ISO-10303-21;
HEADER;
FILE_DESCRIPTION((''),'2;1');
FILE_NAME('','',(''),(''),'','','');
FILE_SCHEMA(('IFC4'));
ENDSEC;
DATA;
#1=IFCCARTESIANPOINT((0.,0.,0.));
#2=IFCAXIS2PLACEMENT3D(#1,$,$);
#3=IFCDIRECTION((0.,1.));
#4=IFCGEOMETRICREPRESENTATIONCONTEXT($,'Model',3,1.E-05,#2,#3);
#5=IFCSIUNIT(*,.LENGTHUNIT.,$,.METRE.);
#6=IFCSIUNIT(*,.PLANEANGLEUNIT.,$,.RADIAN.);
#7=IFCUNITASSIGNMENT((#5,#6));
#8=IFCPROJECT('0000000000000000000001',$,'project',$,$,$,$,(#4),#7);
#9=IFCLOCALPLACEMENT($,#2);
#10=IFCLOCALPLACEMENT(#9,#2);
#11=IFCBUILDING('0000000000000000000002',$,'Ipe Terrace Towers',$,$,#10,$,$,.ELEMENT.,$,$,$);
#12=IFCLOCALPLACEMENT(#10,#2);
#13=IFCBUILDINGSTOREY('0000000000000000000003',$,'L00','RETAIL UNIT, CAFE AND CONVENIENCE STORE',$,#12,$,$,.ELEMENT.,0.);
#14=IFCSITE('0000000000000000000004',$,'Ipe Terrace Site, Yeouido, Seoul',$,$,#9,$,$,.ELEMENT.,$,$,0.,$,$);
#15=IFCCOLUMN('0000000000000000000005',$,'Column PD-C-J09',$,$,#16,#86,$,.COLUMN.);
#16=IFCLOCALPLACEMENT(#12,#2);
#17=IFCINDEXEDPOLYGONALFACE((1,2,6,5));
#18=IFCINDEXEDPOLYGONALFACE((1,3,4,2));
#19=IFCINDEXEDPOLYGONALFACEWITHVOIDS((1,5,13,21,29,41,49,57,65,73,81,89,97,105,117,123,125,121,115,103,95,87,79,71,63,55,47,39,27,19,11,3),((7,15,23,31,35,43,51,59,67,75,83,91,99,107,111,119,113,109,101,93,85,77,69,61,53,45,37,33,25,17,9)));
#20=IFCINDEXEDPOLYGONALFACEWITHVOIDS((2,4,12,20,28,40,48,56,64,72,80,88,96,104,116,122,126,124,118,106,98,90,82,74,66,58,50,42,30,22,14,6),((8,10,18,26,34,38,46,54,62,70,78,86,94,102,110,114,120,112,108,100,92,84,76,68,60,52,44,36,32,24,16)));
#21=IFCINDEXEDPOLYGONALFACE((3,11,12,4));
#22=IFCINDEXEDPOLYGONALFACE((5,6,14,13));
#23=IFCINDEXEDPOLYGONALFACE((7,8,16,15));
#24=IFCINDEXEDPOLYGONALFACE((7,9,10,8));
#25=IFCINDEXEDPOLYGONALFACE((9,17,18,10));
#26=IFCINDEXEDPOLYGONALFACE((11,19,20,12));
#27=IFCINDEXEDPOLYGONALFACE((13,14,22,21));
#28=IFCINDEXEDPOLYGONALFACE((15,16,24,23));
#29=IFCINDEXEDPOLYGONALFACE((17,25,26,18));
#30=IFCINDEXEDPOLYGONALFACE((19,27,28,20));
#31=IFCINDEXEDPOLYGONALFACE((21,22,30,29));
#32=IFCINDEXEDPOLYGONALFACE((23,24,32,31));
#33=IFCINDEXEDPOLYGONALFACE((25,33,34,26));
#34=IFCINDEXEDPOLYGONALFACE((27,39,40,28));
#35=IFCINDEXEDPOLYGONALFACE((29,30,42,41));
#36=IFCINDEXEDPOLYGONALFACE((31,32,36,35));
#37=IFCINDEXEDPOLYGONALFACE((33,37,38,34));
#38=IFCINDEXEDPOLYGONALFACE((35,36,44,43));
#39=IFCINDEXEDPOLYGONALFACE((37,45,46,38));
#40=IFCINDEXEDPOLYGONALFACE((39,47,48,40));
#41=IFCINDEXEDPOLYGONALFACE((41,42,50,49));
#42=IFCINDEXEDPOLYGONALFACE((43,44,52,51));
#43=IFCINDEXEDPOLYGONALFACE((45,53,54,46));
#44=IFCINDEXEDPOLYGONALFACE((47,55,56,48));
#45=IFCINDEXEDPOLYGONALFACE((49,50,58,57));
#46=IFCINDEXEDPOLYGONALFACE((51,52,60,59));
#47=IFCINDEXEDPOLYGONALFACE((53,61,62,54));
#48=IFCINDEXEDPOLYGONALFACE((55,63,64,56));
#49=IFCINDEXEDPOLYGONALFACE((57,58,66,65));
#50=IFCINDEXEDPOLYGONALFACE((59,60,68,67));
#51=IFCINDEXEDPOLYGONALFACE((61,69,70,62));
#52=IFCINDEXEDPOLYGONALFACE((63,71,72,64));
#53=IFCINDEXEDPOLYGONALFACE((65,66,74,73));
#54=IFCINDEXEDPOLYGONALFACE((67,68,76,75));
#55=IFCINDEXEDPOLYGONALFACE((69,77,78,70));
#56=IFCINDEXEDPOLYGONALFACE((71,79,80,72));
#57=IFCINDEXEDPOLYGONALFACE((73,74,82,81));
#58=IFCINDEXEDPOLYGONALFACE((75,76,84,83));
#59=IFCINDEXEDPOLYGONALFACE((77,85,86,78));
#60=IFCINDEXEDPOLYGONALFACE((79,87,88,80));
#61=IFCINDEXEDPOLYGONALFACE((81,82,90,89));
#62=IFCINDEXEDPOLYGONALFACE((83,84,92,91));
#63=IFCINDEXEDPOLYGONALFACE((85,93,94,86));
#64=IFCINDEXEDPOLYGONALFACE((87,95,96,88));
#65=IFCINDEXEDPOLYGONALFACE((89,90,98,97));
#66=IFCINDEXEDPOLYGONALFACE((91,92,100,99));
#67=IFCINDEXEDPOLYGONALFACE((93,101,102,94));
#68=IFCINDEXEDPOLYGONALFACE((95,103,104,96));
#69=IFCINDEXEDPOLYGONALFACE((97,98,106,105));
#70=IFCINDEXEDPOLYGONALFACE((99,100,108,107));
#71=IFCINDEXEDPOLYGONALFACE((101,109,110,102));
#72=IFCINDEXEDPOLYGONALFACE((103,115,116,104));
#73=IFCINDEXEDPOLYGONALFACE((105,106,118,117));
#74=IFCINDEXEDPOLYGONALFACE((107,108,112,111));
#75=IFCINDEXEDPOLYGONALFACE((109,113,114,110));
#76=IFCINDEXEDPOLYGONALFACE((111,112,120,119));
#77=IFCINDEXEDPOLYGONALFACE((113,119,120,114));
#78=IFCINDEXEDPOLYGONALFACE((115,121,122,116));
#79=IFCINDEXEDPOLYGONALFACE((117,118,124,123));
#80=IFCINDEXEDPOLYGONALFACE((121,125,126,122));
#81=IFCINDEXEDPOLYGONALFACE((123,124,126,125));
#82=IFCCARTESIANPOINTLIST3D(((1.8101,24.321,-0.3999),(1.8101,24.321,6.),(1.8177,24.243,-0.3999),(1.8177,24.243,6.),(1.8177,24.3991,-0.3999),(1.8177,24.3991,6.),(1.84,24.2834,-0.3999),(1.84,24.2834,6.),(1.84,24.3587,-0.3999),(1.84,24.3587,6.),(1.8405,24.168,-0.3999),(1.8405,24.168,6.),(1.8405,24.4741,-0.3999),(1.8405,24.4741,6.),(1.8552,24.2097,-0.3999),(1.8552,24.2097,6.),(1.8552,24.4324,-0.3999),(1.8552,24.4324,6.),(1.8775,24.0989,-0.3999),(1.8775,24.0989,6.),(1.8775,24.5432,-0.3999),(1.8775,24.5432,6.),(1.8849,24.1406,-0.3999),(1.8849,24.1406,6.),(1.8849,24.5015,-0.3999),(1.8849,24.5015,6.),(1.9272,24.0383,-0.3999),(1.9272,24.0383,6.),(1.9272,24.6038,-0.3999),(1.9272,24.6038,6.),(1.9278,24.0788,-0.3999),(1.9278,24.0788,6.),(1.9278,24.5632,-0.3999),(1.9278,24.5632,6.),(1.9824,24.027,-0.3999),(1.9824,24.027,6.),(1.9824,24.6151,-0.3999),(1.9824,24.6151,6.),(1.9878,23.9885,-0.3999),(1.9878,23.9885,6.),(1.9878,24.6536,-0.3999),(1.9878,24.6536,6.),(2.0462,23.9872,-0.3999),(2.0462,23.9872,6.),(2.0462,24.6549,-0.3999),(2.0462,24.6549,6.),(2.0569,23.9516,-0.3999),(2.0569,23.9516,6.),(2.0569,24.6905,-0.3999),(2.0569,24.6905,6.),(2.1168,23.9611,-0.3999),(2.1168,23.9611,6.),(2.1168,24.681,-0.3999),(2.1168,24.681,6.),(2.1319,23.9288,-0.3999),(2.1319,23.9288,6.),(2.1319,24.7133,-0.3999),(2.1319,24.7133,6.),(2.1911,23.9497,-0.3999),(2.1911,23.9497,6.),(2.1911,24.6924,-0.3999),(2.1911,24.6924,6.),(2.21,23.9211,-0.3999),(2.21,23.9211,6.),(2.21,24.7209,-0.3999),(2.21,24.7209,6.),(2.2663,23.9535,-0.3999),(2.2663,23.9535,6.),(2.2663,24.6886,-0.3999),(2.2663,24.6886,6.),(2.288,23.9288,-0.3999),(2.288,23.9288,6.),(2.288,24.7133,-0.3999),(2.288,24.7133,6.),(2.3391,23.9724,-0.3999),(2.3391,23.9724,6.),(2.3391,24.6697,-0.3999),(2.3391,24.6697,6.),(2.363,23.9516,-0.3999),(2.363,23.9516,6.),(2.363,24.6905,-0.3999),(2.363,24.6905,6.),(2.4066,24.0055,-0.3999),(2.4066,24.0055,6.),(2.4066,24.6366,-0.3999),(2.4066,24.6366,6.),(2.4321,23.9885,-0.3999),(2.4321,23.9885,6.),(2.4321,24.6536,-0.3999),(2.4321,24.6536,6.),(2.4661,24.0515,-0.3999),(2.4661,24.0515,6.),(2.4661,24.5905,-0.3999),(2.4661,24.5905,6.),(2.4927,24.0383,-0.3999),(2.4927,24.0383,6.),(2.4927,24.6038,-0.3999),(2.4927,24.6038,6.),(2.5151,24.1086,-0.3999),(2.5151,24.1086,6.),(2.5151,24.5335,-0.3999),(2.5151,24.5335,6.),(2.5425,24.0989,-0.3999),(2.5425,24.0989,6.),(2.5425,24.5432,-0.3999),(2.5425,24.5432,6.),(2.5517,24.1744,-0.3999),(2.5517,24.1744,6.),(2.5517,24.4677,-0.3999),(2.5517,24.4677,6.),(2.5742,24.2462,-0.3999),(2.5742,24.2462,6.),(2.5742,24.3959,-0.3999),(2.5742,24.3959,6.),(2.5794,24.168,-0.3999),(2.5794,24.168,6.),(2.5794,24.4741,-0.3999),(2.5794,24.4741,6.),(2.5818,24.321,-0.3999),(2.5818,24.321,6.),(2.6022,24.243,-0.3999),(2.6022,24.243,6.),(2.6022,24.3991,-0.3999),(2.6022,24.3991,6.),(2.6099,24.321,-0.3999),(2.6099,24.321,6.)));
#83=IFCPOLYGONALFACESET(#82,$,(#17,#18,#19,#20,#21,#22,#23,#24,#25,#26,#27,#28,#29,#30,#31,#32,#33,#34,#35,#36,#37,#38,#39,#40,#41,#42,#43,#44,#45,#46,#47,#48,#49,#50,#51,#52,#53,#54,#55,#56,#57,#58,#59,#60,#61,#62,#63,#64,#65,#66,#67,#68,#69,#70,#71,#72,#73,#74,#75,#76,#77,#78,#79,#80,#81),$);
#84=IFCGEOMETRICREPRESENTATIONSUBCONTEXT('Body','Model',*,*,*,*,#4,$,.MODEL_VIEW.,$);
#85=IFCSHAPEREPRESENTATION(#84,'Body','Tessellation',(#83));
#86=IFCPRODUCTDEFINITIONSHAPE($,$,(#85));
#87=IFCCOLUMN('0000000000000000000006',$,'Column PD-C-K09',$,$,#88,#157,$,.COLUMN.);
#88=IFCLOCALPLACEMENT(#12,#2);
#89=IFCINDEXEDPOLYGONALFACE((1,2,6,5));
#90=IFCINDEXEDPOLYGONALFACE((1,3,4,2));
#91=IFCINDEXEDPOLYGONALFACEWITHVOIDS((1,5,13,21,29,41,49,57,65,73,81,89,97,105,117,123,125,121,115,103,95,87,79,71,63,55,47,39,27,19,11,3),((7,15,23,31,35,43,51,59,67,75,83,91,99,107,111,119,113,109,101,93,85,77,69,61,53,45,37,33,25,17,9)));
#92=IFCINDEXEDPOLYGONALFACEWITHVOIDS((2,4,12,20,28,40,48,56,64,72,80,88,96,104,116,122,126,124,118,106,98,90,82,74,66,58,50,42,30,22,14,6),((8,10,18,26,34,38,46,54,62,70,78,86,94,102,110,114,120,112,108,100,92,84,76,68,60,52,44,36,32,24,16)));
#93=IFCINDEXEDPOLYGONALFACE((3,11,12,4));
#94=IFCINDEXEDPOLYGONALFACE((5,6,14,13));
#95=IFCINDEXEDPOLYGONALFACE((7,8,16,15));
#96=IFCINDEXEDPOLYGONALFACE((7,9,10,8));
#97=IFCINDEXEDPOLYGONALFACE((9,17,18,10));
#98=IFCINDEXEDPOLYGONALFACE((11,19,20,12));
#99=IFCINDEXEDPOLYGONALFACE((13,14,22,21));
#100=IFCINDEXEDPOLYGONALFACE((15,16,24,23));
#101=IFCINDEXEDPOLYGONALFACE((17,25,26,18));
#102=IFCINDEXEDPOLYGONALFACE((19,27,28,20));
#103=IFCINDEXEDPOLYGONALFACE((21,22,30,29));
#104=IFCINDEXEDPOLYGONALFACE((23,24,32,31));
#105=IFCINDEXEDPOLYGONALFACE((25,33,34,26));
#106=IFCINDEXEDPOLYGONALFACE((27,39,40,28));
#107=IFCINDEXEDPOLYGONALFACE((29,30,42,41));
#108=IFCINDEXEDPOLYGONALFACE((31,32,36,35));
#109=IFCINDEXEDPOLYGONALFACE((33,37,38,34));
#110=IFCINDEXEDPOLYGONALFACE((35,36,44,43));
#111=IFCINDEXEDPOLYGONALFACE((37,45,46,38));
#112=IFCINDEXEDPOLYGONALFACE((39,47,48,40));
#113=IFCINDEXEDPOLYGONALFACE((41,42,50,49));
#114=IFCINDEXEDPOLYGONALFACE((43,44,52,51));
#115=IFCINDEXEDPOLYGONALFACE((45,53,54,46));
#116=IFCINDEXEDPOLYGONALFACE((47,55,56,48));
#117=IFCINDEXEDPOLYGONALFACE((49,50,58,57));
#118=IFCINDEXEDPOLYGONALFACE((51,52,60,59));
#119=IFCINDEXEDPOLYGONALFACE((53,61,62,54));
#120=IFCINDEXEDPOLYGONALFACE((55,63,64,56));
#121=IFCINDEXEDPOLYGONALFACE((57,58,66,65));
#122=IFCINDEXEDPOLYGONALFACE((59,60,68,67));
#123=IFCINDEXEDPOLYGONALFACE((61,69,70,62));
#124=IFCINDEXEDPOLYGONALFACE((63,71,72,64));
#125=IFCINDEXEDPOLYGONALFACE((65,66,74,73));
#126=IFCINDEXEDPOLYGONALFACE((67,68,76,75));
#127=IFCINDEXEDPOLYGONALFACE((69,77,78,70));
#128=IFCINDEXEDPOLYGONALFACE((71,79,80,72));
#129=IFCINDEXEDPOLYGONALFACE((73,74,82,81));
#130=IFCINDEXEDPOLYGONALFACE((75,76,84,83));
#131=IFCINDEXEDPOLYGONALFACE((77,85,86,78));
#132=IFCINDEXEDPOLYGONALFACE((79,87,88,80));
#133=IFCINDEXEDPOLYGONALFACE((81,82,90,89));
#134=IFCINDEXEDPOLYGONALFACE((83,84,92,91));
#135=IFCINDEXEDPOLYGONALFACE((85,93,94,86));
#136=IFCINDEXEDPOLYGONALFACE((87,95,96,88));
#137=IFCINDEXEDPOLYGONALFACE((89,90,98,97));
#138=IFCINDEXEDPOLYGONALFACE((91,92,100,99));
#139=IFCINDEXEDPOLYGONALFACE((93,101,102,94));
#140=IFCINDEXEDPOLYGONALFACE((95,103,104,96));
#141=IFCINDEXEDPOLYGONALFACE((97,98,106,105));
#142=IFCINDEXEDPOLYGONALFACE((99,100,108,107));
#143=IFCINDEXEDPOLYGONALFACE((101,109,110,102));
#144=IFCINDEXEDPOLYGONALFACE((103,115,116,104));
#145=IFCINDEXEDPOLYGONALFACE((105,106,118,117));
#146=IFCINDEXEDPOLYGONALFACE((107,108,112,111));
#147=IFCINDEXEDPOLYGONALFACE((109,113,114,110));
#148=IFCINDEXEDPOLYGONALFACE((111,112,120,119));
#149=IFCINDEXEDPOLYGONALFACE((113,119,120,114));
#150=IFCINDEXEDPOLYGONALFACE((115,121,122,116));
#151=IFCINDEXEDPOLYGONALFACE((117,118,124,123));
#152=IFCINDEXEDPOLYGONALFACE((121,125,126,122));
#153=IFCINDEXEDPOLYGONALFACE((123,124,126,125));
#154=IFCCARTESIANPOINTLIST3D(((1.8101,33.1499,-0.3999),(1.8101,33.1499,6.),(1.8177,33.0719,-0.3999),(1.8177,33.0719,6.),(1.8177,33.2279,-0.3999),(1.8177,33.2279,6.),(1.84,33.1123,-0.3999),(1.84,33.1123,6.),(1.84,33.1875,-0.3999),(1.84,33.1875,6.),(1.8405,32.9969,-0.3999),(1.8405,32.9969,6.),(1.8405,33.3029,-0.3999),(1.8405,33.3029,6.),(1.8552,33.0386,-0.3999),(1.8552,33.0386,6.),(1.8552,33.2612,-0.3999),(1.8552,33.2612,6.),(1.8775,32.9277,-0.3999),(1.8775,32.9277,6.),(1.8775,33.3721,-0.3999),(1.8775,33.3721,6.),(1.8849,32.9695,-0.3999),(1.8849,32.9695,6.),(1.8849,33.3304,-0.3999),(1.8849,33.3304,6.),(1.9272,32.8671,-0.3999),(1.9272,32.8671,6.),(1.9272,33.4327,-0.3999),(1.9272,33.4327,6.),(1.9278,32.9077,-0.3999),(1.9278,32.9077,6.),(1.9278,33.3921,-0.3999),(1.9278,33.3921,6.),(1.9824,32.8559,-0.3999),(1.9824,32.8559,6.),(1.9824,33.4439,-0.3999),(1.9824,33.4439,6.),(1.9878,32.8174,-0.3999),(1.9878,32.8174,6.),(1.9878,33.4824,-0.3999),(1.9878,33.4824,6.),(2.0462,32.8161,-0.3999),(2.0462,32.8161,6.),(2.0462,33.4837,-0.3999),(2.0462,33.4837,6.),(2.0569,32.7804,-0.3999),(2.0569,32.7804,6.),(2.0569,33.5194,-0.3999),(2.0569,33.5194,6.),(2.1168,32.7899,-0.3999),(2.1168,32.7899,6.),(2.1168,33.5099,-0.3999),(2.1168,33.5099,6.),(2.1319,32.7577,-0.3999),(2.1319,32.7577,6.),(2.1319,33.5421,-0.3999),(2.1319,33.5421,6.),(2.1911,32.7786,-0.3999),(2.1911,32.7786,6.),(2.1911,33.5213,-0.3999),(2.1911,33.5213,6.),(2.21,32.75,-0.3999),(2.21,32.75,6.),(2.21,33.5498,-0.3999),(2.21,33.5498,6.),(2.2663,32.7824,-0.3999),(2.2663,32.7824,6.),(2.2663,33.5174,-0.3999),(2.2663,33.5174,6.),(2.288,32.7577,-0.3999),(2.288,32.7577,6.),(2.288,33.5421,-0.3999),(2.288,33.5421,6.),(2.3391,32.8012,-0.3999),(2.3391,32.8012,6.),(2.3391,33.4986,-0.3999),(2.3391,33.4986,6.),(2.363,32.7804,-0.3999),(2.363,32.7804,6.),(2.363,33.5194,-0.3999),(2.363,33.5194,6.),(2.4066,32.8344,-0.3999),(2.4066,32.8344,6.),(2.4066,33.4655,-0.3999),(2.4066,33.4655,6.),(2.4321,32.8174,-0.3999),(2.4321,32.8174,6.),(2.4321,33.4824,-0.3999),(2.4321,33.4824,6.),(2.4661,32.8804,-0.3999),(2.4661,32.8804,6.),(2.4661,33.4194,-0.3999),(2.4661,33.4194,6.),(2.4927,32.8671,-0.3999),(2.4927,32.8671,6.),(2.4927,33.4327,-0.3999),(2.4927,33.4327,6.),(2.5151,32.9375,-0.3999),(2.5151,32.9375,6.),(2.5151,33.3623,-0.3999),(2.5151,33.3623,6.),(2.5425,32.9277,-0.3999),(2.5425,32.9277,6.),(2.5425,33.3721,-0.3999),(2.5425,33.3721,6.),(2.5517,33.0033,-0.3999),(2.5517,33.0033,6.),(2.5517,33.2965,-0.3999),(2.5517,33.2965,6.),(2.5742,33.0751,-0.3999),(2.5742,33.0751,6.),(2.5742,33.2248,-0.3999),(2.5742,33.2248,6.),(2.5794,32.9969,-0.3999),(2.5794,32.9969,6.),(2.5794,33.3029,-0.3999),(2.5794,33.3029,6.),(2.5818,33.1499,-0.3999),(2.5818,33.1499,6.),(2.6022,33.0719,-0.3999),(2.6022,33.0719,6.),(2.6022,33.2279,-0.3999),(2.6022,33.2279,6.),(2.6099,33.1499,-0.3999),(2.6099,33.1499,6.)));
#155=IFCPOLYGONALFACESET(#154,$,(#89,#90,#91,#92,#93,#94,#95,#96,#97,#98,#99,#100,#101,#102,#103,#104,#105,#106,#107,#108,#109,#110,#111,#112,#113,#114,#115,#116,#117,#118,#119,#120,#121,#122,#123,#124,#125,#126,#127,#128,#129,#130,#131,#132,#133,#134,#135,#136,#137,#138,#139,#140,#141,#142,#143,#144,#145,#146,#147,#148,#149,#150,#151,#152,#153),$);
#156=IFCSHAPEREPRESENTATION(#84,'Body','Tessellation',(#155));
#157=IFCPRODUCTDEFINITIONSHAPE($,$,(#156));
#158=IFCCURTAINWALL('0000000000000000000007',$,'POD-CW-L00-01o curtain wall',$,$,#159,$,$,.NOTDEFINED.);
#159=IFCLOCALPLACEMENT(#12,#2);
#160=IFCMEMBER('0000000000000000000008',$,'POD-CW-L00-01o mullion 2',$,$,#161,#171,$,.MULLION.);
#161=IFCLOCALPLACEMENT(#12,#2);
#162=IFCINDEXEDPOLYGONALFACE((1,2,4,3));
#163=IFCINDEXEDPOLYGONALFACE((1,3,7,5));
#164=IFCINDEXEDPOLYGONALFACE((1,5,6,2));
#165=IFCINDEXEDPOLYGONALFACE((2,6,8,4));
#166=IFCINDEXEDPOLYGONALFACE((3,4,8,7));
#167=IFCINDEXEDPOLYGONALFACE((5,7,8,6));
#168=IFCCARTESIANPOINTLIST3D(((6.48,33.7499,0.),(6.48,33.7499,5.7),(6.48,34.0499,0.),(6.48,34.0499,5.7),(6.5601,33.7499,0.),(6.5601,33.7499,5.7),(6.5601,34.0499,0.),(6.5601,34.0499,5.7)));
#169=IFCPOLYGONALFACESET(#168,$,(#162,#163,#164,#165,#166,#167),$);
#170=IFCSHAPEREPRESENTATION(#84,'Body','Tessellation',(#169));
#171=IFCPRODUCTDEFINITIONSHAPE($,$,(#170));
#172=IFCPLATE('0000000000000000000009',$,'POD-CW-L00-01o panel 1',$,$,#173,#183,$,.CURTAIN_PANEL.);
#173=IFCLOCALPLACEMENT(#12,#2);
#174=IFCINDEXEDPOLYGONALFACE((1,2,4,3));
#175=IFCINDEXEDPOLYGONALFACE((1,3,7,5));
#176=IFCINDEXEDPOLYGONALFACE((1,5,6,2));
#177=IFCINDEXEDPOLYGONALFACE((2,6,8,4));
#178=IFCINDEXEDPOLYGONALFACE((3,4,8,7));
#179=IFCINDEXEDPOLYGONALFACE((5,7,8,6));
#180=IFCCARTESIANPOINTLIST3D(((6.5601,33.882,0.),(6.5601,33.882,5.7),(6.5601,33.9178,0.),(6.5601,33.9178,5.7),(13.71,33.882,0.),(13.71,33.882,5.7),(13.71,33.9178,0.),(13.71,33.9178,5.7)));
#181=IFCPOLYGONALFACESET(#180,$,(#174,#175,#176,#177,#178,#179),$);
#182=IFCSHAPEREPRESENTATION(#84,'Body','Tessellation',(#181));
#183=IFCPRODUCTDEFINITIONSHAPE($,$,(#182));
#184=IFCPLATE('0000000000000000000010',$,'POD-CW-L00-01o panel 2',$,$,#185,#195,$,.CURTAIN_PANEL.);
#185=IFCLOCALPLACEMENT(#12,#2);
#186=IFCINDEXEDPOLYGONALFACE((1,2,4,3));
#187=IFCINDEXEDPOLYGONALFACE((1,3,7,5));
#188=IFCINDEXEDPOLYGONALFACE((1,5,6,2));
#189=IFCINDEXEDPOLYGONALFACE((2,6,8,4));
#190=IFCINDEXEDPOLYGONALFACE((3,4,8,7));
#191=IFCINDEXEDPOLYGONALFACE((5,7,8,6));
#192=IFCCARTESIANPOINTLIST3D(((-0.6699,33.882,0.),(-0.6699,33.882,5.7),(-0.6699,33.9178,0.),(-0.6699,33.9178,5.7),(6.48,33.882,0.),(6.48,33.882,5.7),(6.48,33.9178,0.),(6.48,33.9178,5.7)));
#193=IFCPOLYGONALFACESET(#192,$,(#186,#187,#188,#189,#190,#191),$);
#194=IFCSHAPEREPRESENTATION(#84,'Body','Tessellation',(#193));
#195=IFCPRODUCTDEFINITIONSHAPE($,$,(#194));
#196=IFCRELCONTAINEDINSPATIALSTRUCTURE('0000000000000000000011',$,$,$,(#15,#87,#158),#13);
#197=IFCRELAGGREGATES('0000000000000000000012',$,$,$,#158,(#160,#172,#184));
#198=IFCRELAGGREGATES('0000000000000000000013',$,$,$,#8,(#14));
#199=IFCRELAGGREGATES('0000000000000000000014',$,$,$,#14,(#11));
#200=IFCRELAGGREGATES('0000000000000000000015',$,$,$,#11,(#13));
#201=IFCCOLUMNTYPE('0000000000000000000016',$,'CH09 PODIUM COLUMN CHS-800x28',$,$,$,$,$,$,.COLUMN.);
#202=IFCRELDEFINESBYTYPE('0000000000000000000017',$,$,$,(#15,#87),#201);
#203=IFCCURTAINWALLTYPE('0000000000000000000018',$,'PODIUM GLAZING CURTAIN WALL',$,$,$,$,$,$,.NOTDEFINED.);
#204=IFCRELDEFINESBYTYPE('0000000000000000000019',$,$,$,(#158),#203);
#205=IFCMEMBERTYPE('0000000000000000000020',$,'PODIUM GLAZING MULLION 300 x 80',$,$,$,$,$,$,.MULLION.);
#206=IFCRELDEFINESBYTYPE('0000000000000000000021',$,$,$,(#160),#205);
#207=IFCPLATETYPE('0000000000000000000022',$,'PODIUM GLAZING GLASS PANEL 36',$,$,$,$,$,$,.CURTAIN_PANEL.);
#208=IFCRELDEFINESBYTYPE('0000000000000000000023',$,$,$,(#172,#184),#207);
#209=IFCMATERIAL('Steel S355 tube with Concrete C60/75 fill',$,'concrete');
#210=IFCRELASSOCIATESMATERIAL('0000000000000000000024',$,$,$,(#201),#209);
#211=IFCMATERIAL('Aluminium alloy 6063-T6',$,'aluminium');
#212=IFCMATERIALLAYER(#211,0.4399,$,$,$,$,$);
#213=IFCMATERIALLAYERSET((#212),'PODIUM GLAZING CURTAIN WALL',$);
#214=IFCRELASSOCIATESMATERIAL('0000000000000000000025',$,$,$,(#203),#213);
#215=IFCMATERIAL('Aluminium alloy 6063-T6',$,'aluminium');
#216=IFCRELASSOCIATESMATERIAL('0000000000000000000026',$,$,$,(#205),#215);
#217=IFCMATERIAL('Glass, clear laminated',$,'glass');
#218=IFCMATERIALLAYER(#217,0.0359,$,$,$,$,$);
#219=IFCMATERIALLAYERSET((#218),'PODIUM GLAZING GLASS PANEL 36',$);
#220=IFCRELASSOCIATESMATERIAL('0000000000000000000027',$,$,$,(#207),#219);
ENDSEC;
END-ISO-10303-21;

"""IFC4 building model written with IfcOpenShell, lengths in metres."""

from ifc_helpers import new_model, si_unit, direction, frame, origin, origin_2d, place, context, subcontext, project, spatial, rectangle, hollow_circle, extrude, material, layer, layer_set, material_profile, profile_set, type_object, element, aggregate, save


model = new_model("IFC4")

# Units and contexts
model_context = context("Model", 3, precision=1e-05, world=origin(), true_north=direction((0.0, 1.0)))
body_context = subcontext(model_context, "Body", "Model", "MODEL_VIEW")
ifc_project = project(units=[si_unit("LENGTHUNIT", "METRE"), si_unit("PLANEANGLEUNIT", "RADIAN")], contexts=[model_context])

# Site, building, storey
site_placement = place(None, origin())
site = spatial("IfcSite", under=ifc_project, at=site_placement, Name="Ipe Terrace Site, Yeouido, Seoul", CompositionType="ELEMENT", RefElevation=0.0)
building_placement = place(site_placement, origin())
building = spatial("IfcBuilding", under=site, at=building_placement, Name="Ipe Terrace Towers", CompositionType="ELEMENT")
storey_placement = place(building_placement, origin())
storey = spatial("IfcBuildingStorey", under=building, at=storey_placement, Name="L00", Description="RETAIL UNIT, CAFE AND CONVENIENCE STORE", CompositionType="ELEMENT", Elevation=0.0)

# Columns
ifc_material_1 = material(Name="Steel S355 tube with Concrete C60/75 fill", Category="concrete")
ifc_material_profile_1 = material_profile(ifc_material_1, hollow_circle(Radius=0.3999, WallThickness=0.0281, at=origin_2d()), Name="CHS-800x28")
ifc_profile_set_1 = profile_set([ifc_material_profile_1], Name="Steel S355 tube with Concrete C60/75 fill")
column_type = type_object("IfcColumnType", Name="CH09 PODIUM COLUMN CHS-800x28", PredefinedType="COLUMN", material=ifc_profile_set_1)
for number, where, z_axis, x_axis, name in (
    (1, (2.21, 24.321, -0.3999), (0.0, 0.0, 1.0), (1.0, 0.0, 0.0), "Column PD-C-J09"),
    (2, (2.21, 33.1499, -0.3999), (0.0, 0.0, 1.0), (1.0, 0.0, 0.0), "Column PD-C-K09"),
):
    element("IfcColumn", number, at=place(storey_placement, frame(where, z_axis=z_axis, x_axis=x_axis)), inside=storey, type_object=column_type, Name=name, PredefinedType="COLUMN", context=body_context, shape_type="SweptSolid", body=[
        extrude(hollow_circle(Radius=0.3999, WallThickness=0.0281, at=origin_2d()), origin(), (0.0, 0.0, 1.0), 6.3999),
    ])

# Curtain wall, member, plates
ifc_material_2 = material(Name="Aluminium alloy 6063-T6", Category="aluminium")
ifc_layer_1 = layer(ifc_material_2, 0.4399)
ifc_layer_set_1 = layer_set([ifc_layer_1], Name="PODIUM GLAZING CURTAIN WALL")
curtain_wall_type = type_object("IfcCurtainWallType", Name="PODIUM GLAZING CURTAIN WALL", PredefinedType="NOTDEFINED", material=ifc_layer_set_1)
curtain_wall_placement = place(storey_placement, origin())
curtain_wall = element("IfcCurtainWall", 3, at=curtain_wall_placement, inside=storey, type_object=curtain_wall_type, Name="POD-CW-L00-01o curtain wall", PredefinedType="NOTDEFINED")
ifc_material_3 = material(Name="Aluminium alloy 6063-T6", Category="aluminium")
ifc_material_profile_2 = material_profile(ifc_material_3, rectangle(XDim=0.3, YDim=0.0801, at=origin_2d()), Name="PODIUM GLAZING MULLION 300 x 80")
ifc_profile_set_2 = profile_set([ifc_material_profile_2], Name="Aluminium alloy 6063-T6")
member_type = type_object("IfcMemberType", Name="PODIUM GLAZING MULLION 300 x 80", PredefinedType="MULLION", material=ifc_profile_set_2)
member_placement = place(storey_placement, frame((6.52, 33.8999, 0.0), z_axis=(0.0, 0.0, 1.0), x_axis=(0.0, 1.0, 0.0)))
member = element("IfcMember", 4, at=member_placement, type_object=member_type, Name="POD-CW-L00-01o mullion 2", PredefinedType="MULLION", context=body_context, shape_type="SweptSolid", body=[
    extrude(rectangle(XDim=0.3, YDim=0.0801, at=origin_2d()), origin(), (0.0, 0.0, 1.0), 5.7),
])
ifc_material_4 = material(Name="Glass, clear laminated", Category="glass")
ifc_layer_2 = layer(ifc_material_4, 0.0359)
ifc_layer_set_2 = layer_set([ifc_layer_2], Name="PODIUM GLAZING GLASS PANEL 36")
plate_type = type_object("IfcPlateType", Name="PODIUM GLAZING GLASS PANEL 36", PredefinedType="CURTAIN_PANEL", material=ifc_layer_set_2)
plate_1_placement = place(storey_placement, frame((10.135, 33.8999, 0.0), z_axis=(0.0, 0.0, 1.0), x_axis=(-1.0, 0.0, 0.0)))
plate_1 = element("IfcPlate", 5, at=plate_1_placement, type_object=plate_type, Name="POD-CW-L00-01o panel 1", PredefinedType="CURTAIN_PANEL", context=body_context, shape_type="SweptSolid", body=[
    extrude(rectangle(XDim=7.1499, YDim=0.0359, at=origin_2d()), origin(), (0.0, 0.0, 1.0), 5.7),
])
plate_2_placement = place(storey_placement, frame((2.905, 33.8999, 0.0), z_axis=(0.0, 0.0, 1.0), x_axis=(-1.0, 0.0, 0.0)))
plate_2 = element("IfcPlate", 6, at=plate_2_placement, type_object=plate_type, Name="POD-CW-L00-01o panel 2", PredefinedType="CURTAIN_PANEL", context=body_context, shape_type="SweptSolid", body=[
    extrude(rectangle(XDim=7.1499, YDim=0.0359, at=origin_2d()), origin(), (0.0, 0.0, 1.0), 5.7),
])
aggregate(curtain_wall, [member, plate_1, plate_2])

save(model, "model.ifc")
